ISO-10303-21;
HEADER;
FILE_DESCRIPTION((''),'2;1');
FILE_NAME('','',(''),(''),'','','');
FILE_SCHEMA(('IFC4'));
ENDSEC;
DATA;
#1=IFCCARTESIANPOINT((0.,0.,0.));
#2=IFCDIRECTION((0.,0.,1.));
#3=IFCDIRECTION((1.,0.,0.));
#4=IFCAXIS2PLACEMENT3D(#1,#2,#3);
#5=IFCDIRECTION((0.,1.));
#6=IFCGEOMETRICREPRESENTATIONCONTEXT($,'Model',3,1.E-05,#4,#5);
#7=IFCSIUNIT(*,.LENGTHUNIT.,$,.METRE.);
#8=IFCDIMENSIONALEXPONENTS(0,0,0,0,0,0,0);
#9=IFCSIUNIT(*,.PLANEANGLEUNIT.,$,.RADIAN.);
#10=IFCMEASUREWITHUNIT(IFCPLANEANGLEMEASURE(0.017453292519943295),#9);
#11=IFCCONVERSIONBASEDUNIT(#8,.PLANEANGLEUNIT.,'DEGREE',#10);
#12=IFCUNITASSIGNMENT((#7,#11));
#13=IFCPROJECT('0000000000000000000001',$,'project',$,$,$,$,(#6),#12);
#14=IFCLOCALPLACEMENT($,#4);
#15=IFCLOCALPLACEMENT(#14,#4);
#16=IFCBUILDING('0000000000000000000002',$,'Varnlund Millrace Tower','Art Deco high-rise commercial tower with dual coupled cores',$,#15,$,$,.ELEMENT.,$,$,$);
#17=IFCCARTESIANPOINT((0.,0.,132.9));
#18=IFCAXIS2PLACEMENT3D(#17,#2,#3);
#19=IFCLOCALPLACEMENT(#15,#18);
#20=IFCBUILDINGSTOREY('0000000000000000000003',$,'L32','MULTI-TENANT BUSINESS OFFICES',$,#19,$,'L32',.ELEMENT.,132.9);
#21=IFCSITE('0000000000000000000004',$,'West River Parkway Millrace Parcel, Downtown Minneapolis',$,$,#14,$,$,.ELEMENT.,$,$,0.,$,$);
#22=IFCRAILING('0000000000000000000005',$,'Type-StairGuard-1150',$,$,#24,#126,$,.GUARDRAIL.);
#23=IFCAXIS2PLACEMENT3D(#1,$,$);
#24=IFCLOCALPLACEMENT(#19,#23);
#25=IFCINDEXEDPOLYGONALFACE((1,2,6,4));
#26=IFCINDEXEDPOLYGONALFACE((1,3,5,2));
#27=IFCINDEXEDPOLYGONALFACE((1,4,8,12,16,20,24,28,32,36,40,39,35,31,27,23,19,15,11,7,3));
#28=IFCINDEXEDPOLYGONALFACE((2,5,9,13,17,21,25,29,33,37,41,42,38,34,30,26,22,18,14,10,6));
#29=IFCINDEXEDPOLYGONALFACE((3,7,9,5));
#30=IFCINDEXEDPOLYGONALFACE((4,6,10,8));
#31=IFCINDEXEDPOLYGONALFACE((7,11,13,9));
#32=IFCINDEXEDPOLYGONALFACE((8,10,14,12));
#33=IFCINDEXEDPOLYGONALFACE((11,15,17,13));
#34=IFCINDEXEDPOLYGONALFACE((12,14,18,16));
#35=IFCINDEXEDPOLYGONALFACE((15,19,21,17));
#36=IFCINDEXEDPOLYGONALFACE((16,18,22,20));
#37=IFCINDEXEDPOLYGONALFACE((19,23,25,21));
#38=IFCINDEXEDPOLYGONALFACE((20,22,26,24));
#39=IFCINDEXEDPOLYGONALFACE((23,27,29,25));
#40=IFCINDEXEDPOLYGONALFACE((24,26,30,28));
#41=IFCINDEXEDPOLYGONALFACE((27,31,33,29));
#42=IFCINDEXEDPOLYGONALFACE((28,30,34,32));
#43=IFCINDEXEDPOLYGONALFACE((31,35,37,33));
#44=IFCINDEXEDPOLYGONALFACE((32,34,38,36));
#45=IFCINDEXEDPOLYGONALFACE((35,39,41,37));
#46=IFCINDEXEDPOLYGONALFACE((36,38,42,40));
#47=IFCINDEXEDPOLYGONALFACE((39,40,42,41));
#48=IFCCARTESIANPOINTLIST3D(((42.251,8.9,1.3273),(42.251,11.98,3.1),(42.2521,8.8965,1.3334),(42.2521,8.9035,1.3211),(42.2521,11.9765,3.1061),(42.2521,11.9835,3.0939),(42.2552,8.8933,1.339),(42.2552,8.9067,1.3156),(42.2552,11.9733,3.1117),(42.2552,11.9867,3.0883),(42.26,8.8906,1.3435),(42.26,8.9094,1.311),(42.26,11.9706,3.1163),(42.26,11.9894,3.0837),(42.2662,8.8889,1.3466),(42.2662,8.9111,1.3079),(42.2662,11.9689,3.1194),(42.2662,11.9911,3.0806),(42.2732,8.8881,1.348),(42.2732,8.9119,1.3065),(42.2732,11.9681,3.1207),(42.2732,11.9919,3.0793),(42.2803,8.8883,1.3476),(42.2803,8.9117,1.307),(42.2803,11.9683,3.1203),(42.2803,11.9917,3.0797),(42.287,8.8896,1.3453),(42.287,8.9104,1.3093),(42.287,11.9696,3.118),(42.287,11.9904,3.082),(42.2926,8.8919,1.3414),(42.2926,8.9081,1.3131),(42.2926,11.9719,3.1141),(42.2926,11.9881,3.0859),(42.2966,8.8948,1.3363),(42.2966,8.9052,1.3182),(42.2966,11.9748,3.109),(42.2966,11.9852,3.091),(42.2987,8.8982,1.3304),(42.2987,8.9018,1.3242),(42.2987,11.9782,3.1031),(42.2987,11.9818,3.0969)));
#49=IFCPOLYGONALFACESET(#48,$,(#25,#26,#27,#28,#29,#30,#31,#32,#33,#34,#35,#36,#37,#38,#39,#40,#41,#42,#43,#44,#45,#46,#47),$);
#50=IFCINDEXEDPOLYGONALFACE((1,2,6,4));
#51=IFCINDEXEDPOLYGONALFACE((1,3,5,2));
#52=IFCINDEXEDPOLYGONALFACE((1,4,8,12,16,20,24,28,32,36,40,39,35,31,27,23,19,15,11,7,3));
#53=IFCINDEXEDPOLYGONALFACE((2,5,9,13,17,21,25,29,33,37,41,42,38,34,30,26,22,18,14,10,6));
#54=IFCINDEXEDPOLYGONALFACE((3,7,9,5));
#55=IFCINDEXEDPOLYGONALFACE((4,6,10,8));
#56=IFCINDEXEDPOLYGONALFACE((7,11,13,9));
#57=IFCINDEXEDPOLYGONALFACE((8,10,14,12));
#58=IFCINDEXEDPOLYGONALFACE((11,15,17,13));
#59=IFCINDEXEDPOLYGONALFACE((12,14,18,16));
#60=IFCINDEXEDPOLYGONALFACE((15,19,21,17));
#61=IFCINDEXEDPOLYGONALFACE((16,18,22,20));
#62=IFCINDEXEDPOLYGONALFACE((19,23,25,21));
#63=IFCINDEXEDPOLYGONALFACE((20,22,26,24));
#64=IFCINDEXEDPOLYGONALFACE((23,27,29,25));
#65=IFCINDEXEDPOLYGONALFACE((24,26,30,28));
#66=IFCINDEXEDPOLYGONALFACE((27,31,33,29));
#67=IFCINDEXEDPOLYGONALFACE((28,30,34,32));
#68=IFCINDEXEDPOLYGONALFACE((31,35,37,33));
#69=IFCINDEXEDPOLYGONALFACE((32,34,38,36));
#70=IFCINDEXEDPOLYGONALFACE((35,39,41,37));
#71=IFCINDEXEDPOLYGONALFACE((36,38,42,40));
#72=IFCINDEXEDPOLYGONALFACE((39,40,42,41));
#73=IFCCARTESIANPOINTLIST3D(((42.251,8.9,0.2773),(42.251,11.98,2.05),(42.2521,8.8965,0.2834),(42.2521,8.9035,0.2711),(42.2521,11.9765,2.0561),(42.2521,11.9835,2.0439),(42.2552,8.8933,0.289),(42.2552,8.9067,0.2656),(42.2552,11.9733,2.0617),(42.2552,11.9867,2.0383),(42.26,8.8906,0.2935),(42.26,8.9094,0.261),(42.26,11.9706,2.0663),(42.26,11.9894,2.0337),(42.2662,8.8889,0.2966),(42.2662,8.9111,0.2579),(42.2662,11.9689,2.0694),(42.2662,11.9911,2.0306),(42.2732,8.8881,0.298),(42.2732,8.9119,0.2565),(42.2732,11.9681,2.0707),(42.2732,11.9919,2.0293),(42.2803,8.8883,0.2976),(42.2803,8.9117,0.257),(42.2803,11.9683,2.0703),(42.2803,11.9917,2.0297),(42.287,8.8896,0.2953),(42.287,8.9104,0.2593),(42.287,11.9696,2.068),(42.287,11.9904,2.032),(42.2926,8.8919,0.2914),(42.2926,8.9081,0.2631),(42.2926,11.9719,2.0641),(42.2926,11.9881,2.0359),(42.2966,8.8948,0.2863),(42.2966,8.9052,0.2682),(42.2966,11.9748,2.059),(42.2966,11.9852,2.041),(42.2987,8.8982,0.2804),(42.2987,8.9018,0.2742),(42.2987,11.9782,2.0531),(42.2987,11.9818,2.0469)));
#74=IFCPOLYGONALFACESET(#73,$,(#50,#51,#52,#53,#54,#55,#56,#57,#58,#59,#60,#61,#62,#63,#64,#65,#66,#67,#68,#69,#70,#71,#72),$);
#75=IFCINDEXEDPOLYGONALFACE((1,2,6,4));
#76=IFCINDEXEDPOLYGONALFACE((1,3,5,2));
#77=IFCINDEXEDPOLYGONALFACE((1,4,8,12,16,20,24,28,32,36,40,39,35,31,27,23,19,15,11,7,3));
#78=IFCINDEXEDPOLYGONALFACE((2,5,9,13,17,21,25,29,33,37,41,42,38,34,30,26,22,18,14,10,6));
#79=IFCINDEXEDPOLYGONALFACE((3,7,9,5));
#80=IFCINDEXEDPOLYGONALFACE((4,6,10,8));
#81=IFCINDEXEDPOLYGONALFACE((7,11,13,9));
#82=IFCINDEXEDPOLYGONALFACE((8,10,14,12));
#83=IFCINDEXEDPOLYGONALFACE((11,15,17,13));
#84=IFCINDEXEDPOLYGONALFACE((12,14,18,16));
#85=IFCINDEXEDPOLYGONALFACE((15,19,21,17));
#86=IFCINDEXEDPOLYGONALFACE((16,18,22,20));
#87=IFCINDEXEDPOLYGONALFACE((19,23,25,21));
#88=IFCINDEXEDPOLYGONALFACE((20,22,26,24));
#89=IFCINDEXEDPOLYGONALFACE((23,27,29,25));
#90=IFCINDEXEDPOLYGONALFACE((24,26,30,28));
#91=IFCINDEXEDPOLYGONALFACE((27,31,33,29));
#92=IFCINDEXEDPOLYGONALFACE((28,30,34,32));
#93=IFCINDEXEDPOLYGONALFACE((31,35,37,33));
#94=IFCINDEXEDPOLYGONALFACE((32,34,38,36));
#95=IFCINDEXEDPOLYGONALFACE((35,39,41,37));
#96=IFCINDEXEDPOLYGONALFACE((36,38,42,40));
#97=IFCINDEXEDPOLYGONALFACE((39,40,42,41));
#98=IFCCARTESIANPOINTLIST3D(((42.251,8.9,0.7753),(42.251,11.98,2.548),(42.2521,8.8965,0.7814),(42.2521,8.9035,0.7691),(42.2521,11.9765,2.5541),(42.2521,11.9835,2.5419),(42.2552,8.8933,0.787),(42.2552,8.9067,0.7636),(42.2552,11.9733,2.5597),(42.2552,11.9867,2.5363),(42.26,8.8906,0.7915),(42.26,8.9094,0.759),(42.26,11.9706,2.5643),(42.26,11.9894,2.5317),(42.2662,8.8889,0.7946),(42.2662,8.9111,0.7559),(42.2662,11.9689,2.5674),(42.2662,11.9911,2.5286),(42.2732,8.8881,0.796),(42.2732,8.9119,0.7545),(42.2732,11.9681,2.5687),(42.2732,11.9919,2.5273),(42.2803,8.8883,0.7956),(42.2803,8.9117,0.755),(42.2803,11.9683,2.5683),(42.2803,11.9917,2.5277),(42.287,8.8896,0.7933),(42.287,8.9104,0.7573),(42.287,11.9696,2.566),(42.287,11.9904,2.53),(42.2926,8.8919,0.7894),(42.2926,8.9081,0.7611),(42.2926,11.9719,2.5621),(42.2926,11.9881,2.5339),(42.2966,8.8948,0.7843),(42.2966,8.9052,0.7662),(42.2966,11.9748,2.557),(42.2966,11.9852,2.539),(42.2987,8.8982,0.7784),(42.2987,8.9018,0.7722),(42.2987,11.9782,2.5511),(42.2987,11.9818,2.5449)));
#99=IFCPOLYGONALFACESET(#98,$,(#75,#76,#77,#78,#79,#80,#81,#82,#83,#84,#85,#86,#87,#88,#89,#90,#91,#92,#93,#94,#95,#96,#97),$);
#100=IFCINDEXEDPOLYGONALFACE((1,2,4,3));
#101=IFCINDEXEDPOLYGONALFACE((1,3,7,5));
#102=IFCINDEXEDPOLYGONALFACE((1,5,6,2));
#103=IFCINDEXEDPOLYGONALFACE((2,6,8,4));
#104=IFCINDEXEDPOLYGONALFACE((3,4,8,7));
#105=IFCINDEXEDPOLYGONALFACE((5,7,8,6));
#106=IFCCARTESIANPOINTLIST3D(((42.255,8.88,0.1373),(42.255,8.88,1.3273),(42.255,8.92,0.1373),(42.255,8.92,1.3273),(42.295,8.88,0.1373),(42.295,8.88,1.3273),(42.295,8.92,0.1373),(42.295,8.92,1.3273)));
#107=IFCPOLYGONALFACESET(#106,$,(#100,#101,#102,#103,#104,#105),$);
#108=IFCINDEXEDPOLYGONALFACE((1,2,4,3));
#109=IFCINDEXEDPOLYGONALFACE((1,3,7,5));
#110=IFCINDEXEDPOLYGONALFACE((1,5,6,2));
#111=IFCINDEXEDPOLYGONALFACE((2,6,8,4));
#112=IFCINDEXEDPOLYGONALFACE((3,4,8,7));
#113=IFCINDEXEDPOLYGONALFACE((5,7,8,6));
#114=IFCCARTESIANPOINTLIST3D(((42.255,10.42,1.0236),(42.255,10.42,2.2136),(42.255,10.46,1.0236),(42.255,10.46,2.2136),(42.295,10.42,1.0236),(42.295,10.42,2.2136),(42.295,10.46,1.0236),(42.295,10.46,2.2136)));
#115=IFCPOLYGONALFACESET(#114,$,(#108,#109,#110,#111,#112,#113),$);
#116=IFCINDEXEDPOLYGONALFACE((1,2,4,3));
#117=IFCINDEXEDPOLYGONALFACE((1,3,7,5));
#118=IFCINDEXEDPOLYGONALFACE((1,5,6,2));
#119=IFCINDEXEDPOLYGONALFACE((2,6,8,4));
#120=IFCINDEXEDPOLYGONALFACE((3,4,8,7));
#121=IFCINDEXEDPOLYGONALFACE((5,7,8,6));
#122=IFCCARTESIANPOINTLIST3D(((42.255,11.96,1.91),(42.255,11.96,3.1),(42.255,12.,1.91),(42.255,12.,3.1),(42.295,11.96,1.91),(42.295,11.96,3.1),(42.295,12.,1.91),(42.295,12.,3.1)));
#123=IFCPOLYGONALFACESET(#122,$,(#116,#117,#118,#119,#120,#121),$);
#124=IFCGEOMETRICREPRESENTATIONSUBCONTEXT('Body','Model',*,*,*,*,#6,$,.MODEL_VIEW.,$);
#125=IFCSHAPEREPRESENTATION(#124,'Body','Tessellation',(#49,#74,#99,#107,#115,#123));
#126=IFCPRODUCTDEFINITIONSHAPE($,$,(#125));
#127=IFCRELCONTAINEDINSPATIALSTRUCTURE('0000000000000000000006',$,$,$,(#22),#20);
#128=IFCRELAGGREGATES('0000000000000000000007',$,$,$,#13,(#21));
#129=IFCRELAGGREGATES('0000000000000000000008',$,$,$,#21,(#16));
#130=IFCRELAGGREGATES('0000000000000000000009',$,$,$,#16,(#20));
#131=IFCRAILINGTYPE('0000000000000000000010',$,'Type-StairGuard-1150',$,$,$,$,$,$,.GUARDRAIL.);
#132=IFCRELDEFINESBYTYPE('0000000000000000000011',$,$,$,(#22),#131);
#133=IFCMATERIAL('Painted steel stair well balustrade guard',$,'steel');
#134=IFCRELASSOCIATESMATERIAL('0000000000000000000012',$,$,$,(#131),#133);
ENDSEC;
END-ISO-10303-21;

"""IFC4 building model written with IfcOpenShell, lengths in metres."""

from ifc_helpers import new_model, entity, si_unit, converted_unit, direction, frame, origin_with_axes, origin_2d_with_axis, place, context, subcontext, project, spatial, rectangle, circle, extrude, material, type_object, element, save


model = new_model("IFC4")

# Units and contexts
model_context = context("Model", 3, precision=1e-05, world=origin_with_axes(), true_north=direction((0.0, 1.0)))
body_context = subcontext(model_context, "Body", "Model", "MODEL_VIEW")
ifc_project = project(units=[si_unit("LENGTHUNIT", "METRE"), converted_unit("PLANEANGLEUNIT", "DEGREE", entity("IfcPlaneAngleMeasure", 0.017453292519943295), si_unit("PLANEANGLEUNIT", "RADIAN"), dimensions=[0, 0, 0, 0, 0, 0, 0])], contexts=[model_context])

# Site, building, storey
site_placement = place(None, origin_with_axes())
site = spatial("IfcSite", under=ifc_project, at=site_placement, Name="West River Parkway Millrace Parcel, Downtown Minneapolis", CompositionType="ELEMENT", RefElevation=0.0)
building_placement = place(site_placement, origin_with_axes())
building = spatial("IfcBuilding", under=site, at=building_placement, Name="Varnlund Millrace Tower", Description="Art Deco high-rise commercial tower with dual coupled cores", CompositionType="ELEMENT")
storey_placement = place(building_placement, frame((0.0, 0.0, 132.9), z_axis=(0.0, 0.0, 1.0), x_axis=(1.0, 0.0, 0.0)))
storey = spatial("IfcBuildingStorey", under=building, at=storey_placement, Name="L32", Description="MULTI-TENANT BUSINESS OFFICES", LongName="L32", CompositionType="ELEMENT", Elevation=132.9)

# Railing
ifc_material_1 = material(Name="Painted steel stair well balustrade guard", Category="steel")
railing_type_1 = type_object("IfcRailingType", Name="Type-StairGuard-1150", PredefinedType="GUARDRAIL", material=ifc_material_1)
railing_1_placement = place(storey_placement, frame((0.0, 0.0, -132.9), z_axis=(0.0, 0.0, 1.0), x_axis=(1.0, 0.0, 0.0)))
element("IfcRailing", 1, at=railing_1_placement, inside=storey, type_object=railing_type_1, Name="Type-StairGuard-1150", PredefinedType="GUARDRAIL", context=body_context, shape_type="SweptSolid", body=[
    extrude(circle(Radius=0.024, at=origin_2d_with_axis()), frame((42.275, 8.9, 134.2273), z_axis=(0.0, 0.866696, 0.498836), x_axis=(-1.0, 0.0, 0.0)), (0.0, 0.0, 1.0), 3.5537),
    extrude(circle(Radius=0.024, at=origin_2d_with_axis()), frame((42.275, 8.9, 133.1773), z_axis=(0.0, 0.866696, 0.498836), x_axis=(-1.0, 0.0, 0.0)), (0.0, 0.0, 1.0), 3.5537),
    extrude(circle(Radius=0.024, at=origin_2d_with_axis()), frame((42.275, 8.9, 133.6753), z_axis=(0.0, 0.866696, 0.498836), x_axis=(-1.0, 0.0, 0.0)), (0.0, 0.0, 1.0), 3.5537),
    extrude(rectangle(XDim=0.04, YDim=0.04, at=origin_2d_with_axis()), frame((42.275, 8.9, 133.0373), z_axis=(0.0, 0.0, 1.0), x_axis=(1.0, 0.0, 0.0)), (0.0, 0.0, 1.0), 1.19),
    extrude(rectangle(XDim=0.04, YDim=0.04, at=origin_2d_with_axis()), frame((42.275, 10.44, 133.9236), z_axis=(0.0, 0.0, 1.0), x_axis=(1.0, 0.0, 0.0)), (0.0, 0.0, 1.0), 1.19),
    extrude(rectangle(XDim=0.04, YDim=0.04, at=origin_2d_with_axis()), frame((42.275, 11.98, 134.81), z_axis=(0.0, 0.0, 1.0), x_axis=(1.0, 0.0, 0.0)), (0.0, 0.0, 1.0), 1.19),
])

save(model, "model.ifc")
